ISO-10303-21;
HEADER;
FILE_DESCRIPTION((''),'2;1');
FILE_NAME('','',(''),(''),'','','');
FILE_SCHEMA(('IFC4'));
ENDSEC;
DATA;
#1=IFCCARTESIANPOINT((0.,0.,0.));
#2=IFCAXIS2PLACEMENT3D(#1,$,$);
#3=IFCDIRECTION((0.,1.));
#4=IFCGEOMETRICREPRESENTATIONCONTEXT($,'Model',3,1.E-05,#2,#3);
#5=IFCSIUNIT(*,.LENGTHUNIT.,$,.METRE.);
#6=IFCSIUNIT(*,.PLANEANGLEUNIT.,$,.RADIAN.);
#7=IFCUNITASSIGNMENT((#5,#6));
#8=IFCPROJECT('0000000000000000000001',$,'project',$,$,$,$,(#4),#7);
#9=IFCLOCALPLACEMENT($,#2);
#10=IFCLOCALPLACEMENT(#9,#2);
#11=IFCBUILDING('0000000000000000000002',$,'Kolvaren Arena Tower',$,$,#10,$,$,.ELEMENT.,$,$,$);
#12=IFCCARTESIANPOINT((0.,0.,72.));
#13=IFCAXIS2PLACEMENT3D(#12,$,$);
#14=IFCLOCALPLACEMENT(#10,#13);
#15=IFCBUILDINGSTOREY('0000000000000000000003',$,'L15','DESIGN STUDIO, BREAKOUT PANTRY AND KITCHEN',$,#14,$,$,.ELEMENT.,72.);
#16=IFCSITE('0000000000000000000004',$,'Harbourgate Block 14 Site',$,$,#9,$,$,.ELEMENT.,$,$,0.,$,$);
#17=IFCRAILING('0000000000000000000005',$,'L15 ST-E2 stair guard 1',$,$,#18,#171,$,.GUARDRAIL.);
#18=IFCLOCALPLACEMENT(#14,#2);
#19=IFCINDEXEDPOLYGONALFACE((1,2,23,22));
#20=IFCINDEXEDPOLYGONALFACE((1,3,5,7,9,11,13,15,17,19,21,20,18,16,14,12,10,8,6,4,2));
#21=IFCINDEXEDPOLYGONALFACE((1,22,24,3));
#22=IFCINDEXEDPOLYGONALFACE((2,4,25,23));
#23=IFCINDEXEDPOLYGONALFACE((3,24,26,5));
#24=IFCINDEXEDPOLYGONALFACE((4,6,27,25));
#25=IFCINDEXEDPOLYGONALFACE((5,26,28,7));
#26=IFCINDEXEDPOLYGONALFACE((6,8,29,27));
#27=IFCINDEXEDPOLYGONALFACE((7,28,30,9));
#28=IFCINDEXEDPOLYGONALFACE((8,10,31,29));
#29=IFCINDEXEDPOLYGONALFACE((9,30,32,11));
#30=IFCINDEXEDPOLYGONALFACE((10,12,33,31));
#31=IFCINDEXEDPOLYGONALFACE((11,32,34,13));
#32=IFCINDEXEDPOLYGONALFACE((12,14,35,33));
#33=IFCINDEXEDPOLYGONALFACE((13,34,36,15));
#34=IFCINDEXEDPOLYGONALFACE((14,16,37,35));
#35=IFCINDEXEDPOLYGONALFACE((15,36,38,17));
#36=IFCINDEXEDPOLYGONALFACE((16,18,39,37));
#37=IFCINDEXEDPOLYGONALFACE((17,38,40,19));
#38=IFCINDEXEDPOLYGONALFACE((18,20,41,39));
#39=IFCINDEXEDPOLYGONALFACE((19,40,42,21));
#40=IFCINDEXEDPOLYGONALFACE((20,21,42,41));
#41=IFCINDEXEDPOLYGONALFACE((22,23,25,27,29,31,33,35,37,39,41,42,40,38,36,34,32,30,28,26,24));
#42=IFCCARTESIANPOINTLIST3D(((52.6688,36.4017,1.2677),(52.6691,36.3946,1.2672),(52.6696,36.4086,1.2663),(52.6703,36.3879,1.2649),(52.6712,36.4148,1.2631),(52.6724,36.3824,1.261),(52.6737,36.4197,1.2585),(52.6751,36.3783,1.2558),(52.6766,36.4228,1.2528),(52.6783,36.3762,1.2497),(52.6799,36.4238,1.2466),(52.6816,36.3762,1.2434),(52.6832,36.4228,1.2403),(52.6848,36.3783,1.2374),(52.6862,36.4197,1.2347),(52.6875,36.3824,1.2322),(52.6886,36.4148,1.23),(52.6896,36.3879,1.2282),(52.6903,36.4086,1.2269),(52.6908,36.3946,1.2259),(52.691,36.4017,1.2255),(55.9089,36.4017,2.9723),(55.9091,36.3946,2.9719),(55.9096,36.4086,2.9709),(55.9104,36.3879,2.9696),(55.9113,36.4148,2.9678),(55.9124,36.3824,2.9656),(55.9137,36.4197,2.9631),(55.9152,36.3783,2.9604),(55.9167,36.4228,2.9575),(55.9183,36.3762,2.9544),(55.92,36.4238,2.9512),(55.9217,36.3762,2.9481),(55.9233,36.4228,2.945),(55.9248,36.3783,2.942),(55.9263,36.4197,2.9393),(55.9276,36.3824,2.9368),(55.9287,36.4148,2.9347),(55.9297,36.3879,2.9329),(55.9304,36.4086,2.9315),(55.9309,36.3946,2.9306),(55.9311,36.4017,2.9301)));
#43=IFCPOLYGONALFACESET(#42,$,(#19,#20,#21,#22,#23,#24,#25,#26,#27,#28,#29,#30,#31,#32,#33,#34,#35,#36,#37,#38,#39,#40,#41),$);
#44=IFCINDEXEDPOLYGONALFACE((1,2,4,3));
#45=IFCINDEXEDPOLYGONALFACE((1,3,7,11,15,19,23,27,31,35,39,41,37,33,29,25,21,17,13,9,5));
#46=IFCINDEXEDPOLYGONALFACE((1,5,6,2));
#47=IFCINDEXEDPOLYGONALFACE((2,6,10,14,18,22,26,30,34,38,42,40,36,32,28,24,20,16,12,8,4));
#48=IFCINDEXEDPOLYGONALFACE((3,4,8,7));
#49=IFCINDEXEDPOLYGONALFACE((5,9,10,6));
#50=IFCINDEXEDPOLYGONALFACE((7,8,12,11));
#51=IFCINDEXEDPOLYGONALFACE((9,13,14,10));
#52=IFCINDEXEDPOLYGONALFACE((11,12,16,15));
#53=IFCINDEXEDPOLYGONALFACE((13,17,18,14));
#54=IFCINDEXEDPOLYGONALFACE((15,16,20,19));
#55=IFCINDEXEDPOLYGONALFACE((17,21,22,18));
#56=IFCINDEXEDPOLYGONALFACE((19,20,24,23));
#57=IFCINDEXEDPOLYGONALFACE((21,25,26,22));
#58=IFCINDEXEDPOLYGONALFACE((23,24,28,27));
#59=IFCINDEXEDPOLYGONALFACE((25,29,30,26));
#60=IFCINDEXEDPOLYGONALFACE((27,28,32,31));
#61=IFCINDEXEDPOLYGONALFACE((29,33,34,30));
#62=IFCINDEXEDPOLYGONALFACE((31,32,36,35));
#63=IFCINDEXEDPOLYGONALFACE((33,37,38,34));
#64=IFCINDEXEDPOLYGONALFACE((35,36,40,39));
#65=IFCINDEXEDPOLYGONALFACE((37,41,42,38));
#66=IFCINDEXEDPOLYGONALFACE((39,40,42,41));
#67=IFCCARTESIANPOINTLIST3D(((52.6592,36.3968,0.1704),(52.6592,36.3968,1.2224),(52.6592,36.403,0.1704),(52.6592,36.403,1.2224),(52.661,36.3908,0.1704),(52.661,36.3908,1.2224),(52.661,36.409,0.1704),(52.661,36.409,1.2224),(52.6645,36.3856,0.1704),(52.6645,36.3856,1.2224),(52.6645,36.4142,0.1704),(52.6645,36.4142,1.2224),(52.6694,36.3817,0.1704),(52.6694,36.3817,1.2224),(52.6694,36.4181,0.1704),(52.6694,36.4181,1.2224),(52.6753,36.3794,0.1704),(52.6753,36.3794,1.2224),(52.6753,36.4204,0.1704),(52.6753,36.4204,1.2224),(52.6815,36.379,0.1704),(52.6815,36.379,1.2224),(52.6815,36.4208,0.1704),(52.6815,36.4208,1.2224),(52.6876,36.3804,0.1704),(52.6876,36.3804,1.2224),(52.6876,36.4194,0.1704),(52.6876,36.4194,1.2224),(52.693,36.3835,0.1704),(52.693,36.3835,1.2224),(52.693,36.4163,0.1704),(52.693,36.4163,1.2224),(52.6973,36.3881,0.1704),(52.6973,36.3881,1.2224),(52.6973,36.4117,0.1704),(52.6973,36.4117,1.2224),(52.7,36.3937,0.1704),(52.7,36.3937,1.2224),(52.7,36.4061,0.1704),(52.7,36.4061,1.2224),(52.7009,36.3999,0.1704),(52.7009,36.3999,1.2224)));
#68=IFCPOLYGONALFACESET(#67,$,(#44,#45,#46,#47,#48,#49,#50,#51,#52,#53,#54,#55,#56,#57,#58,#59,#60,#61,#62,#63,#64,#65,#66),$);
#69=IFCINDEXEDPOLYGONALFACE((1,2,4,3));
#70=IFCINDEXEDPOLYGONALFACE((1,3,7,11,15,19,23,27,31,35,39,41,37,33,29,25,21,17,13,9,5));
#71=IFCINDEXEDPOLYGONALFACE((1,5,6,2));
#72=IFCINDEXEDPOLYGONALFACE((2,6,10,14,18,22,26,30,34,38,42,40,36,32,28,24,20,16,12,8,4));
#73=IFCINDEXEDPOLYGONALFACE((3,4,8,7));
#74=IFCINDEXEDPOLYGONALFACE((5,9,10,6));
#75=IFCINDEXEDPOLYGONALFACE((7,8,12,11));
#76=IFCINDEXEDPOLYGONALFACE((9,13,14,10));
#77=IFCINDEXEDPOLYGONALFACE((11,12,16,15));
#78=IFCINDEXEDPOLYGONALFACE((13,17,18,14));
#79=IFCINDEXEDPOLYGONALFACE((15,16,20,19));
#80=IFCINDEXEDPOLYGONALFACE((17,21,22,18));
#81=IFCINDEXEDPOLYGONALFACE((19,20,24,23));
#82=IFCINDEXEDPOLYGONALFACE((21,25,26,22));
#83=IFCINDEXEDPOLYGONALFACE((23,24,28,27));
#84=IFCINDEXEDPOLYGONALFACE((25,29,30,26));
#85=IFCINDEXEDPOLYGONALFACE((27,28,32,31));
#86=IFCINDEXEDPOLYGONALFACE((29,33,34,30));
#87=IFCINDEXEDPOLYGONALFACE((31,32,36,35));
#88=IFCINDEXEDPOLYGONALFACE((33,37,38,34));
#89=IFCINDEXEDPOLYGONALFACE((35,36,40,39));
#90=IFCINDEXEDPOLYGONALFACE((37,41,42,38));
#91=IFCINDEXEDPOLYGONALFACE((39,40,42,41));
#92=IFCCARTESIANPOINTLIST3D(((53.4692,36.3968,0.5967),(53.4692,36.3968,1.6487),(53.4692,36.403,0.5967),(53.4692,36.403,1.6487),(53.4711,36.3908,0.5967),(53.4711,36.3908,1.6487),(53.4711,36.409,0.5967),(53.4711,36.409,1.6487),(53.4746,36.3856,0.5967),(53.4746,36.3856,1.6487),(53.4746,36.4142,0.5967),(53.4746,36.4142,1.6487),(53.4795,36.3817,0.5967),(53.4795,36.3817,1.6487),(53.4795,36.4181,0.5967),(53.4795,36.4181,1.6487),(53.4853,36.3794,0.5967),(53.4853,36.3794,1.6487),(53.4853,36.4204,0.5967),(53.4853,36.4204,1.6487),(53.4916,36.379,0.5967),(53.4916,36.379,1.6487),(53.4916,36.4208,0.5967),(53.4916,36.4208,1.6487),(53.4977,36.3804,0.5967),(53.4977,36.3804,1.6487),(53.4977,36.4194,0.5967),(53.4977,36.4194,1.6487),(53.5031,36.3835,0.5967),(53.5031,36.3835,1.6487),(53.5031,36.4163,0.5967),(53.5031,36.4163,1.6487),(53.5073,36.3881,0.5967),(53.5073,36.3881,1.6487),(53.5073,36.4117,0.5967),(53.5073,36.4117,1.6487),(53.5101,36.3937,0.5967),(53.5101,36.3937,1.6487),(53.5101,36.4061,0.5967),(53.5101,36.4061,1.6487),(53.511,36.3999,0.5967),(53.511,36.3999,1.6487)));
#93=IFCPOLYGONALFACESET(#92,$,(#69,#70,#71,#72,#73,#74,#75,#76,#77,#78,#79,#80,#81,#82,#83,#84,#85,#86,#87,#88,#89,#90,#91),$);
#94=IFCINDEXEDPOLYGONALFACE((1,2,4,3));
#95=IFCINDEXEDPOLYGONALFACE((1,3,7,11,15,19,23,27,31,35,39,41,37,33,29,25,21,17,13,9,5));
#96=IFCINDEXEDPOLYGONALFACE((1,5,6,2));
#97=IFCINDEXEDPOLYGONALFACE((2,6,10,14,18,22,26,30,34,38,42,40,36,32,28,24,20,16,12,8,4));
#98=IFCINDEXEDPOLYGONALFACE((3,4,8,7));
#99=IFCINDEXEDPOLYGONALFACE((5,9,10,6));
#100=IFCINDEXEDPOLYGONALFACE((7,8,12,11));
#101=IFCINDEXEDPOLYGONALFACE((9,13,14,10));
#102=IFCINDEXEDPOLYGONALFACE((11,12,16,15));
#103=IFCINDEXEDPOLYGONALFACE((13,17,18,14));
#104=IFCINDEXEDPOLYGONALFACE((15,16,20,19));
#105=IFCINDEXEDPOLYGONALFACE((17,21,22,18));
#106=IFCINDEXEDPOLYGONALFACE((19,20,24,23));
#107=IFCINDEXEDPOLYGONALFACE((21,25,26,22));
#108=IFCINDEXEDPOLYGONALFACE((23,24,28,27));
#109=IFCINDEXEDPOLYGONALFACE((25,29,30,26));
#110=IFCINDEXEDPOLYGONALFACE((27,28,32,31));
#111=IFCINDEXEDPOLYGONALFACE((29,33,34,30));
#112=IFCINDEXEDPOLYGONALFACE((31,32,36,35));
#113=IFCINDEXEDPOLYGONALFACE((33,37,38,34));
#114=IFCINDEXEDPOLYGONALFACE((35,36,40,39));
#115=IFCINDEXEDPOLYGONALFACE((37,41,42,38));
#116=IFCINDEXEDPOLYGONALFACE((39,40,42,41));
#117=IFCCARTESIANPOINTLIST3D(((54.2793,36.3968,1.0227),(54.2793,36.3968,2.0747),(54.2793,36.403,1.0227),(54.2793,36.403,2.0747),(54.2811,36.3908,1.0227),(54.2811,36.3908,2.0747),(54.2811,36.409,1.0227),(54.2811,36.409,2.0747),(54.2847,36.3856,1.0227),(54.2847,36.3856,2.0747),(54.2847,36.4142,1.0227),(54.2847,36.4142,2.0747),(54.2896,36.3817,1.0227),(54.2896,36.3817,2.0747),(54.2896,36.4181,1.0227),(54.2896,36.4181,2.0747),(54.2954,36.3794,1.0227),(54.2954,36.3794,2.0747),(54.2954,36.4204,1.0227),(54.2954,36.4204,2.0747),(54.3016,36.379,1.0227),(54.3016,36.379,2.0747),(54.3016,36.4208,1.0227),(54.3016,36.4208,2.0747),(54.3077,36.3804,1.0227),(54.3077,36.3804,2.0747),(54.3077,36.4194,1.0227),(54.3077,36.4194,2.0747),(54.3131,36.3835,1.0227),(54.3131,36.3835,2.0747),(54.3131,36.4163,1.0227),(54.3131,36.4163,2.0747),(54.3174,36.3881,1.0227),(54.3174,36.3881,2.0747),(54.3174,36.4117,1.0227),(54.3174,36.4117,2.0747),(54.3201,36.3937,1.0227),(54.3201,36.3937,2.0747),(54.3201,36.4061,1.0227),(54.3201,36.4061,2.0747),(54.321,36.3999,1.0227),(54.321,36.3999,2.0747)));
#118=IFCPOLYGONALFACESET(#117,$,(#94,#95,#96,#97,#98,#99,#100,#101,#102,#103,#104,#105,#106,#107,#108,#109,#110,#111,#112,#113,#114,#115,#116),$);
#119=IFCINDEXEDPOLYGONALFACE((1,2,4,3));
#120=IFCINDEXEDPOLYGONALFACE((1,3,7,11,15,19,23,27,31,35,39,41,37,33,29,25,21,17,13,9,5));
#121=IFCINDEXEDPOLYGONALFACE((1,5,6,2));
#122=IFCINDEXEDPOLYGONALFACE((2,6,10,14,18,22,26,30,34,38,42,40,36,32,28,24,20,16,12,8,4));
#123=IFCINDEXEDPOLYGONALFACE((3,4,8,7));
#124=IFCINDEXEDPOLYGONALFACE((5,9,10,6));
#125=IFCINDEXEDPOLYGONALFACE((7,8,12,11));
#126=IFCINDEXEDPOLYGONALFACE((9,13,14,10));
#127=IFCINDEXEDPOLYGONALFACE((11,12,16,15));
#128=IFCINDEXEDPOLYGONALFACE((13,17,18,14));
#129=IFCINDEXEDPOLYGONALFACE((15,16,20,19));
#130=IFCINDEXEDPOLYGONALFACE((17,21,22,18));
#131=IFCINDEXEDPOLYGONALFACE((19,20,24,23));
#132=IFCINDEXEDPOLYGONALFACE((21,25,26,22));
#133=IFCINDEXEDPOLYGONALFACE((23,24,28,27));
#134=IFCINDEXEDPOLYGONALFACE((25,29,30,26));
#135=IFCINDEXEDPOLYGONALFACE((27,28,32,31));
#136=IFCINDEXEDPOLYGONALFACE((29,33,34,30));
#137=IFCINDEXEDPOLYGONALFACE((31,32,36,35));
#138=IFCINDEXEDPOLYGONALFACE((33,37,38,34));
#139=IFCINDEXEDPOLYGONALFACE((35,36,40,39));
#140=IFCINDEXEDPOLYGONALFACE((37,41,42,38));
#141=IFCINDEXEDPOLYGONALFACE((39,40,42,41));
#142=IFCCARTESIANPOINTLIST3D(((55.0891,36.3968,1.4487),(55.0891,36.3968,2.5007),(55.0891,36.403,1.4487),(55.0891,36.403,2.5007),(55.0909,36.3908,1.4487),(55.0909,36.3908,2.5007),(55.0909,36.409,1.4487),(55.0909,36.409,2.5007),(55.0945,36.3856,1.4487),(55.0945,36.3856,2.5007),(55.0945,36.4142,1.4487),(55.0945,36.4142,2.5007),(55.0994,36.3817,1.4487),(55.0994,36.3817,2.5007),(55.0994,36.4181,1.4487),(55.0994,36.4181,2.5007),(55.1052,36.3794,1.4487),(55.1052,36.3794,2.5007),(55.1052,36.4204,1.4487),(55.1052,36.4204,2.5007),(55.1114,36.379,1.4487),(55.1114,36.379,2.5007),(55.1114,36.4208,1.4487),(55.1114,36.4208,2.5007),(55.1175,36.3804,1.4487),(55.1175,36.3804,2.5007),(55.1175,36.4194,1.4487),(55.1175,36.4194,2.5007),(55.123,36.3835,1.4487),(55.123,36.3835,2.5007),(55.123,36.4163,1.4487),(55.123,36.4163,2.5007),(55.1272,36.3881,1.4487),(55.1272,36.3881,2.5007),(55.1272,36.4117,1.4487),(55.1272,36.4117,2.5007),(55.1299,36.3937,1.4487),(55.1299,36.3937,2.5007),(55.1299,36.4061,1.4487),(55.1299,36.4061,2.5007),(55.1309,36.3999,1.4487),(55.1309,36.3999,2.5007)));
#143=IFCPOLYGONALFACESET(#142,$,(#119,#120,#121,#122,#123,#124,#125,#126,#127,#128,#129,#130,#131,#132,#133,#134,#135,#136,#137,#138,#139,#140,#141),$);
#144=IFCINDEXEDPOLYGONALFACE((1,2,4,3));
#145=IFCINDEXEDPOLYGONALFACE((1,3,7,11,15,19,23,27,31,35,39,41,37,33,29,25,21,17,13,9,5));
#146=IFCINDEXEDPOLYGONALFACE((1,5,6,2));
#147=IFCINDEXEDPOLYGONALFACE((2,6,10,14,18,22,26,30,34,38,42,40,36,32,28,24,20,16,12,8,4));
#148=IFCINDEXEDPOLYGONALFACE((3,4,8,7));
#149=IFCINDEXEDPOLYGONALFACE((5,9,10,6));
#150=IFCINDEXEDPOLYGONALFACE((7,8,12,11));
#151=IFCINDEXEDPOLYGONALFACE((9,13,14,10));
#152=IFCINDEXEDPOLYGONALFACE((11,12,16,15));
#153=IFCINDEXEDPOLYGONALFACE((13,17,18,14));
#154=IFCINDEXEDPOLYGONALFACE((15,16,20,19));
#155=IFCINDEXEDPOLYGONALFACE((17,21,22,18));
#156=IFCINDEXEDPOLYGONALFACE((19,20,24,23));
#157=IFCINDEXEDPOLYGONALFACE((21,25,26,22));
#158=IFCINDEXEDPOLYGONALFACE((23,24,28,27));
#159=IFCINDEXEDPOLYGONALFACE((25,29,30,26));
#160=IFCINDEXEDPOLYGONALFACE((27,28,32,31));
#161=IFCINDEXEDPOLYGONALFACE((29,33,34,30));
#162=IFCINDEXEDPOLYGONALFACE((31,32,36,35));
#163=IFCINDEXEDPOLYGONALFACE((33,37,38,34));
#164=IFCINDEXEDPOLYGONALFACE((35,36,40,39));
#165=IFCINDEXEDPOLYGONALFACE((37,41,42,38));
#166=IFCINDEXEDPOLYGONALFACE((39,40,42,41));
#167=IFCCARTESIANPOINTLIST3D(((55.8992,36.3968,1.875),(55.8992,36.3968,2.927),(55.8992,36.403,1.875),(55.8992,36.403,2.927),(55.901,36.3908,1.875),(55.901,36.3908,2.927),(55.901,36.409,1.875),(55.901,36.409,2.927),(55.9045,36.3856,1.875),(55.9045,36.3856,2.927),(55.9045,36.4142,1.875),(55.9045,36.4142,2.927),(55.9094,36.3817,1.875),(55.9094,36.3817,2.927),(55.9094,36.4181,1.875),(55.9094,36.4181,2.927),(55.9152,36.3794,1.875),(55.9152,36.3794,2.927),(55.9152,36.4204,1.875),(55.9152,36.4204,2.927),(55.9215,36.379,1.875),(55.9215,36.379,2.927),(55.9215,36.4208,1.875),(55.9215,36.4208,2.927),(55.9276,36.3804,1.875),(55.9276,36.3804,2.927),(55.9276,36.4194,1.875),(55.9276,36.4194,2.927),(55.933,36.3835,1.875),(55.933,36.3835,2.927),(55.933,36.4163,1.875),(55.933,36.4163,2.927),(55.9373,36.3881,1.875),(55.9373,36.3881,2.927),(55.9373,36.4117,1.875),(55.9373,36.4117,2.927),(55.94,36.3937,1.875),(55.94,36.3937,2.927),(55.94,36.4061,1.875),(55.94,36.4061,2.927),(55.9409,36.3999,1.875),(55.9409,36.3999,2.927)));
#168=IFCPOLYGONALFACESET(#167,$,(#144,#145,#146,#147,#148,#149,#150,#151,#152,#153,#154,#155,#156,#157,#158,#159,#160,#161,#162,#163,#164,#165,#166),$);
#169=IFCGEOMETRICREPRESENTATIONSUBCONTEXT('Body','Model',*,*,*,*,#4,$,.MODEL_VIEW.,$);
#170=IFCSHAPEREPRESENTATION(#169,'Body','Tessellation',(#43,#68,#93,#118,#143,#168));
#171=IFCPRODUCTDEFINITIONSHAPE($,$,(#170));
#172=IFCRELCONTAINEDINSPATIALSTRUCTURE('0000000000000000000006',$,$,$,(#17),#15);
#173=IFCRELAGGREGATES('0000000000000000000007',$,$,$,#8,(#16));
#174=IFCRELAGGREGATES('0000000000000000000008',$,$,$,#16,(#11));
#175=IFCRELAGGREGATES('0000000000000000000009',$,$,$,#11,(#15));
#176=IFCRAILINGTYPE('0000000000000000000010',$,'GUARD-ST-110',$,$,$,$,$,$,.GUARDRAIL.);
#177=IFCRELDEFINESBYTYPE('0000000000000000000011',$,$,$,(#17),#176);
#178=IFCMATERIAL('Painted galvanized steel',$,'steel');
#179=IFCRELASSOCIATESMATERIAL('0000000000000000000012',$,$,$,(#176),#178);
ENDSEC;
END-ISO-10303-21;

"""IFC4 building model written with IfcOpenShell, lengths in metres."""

from ifc_helpers import new_model, si_unit, direction, frame, origin, origin_2d, place, context, subcontext, project, spatial, circle, extrude, material, type_object, element, save


model = new_model("IFC4")

# Units and contexts
model_context = context("Model", 3, precision=1e-05, world=origin(), true_north=direction((0.0, 1.0)))
body_context = subcontext(model_context, "Body", "Model", "MODEL_VIEW")
ifc_project = project(units=[si_unit("LENGTHUNIT", "METRE"), si_unit("PLANEANGLEUNIT", "RADIAN")], contexts=[model_context])

# Site, building, storey
site_placement = place(None, origin())
site = spatial("IfcSite", under=ifc_project, at=site_placement, Name="Harbourgate Block 14 Site", CompositionType="ELEMENT", RefElevation=0.0)
building_placement = place(site_placement, origin())
building = spatial("IfcBuilding", under=site, at=building_placement, Name="Kolvaren Arena Tower", CompositionType="ELEMENT")
storey_placement = place(building_placement, frame((0.0, 0.0, 72.0)))
storey = spatial("IfcBuildingStorey", under=building, at=storey_placement, Name="L15", Description="DESIGN STUDIO, BREAKOUT PANTRY AND KITCHEN", CompositionType="ELEMENT", Elevation=72.0)

# Railing
ifc_material_1 = material(Name="Painted galvanized steel", Category="steel")
railing_type_1 = type_object("IfcRailingType", Name="GUARD-ST-110", PredefinedType="GUARDRAIL", material=ifc_material_1)
railing_1_placement = place(storey_placement, frame((52.6799, 36.3999, 0.1704)))
element("IfcRailing", 1, at=railing_1_placement, inside=storey, type_object=railing_type_1, Name="L15 ST-E2 stair guard 1", PredefinedType="GUARDRAIL", context=body_context, shape_type="SweptSolid", body=[
    extrude(circle(Radius=0.0239, at=origin_2d()), frame((0.0, 0.0, 1.0762), z_axis=(0.884993, 0.0, 0.465604), x_axis=(0.0, 1.0, 0.0)), (0.0, 0.0, 1.0), 3.6611),
    extrude(circle(Radius=0.021, at=origin_2d()), origin(), (0.0, 0.0, 1.0), 1.052),
    extrude(circle(Radius=0.021, at=origin_2d()), frame((0.8101, 0.0, 0.4263)), (0.0, 0.0, 1.0), 1.052),
    extrude(circle(Radius=0.021, at=origin_2d()), frame((1.6201, 0.0, 0.8523)), (0.0, 0.0, 1.0), 1.052),
    extrude(circle(Radius=0.021, at=origin_2d()), frame((2.4299, 0.0, 1.2783)), (0.0, 0.0, 1.0), 1.052),
    extrude(circle(Radius=0.021, at=origin_2d()), frame((3.24, 0.0, 1.7046)), (0.0, 0.0, 1.0), 1.052),
])

save(model, "model.ifc")
